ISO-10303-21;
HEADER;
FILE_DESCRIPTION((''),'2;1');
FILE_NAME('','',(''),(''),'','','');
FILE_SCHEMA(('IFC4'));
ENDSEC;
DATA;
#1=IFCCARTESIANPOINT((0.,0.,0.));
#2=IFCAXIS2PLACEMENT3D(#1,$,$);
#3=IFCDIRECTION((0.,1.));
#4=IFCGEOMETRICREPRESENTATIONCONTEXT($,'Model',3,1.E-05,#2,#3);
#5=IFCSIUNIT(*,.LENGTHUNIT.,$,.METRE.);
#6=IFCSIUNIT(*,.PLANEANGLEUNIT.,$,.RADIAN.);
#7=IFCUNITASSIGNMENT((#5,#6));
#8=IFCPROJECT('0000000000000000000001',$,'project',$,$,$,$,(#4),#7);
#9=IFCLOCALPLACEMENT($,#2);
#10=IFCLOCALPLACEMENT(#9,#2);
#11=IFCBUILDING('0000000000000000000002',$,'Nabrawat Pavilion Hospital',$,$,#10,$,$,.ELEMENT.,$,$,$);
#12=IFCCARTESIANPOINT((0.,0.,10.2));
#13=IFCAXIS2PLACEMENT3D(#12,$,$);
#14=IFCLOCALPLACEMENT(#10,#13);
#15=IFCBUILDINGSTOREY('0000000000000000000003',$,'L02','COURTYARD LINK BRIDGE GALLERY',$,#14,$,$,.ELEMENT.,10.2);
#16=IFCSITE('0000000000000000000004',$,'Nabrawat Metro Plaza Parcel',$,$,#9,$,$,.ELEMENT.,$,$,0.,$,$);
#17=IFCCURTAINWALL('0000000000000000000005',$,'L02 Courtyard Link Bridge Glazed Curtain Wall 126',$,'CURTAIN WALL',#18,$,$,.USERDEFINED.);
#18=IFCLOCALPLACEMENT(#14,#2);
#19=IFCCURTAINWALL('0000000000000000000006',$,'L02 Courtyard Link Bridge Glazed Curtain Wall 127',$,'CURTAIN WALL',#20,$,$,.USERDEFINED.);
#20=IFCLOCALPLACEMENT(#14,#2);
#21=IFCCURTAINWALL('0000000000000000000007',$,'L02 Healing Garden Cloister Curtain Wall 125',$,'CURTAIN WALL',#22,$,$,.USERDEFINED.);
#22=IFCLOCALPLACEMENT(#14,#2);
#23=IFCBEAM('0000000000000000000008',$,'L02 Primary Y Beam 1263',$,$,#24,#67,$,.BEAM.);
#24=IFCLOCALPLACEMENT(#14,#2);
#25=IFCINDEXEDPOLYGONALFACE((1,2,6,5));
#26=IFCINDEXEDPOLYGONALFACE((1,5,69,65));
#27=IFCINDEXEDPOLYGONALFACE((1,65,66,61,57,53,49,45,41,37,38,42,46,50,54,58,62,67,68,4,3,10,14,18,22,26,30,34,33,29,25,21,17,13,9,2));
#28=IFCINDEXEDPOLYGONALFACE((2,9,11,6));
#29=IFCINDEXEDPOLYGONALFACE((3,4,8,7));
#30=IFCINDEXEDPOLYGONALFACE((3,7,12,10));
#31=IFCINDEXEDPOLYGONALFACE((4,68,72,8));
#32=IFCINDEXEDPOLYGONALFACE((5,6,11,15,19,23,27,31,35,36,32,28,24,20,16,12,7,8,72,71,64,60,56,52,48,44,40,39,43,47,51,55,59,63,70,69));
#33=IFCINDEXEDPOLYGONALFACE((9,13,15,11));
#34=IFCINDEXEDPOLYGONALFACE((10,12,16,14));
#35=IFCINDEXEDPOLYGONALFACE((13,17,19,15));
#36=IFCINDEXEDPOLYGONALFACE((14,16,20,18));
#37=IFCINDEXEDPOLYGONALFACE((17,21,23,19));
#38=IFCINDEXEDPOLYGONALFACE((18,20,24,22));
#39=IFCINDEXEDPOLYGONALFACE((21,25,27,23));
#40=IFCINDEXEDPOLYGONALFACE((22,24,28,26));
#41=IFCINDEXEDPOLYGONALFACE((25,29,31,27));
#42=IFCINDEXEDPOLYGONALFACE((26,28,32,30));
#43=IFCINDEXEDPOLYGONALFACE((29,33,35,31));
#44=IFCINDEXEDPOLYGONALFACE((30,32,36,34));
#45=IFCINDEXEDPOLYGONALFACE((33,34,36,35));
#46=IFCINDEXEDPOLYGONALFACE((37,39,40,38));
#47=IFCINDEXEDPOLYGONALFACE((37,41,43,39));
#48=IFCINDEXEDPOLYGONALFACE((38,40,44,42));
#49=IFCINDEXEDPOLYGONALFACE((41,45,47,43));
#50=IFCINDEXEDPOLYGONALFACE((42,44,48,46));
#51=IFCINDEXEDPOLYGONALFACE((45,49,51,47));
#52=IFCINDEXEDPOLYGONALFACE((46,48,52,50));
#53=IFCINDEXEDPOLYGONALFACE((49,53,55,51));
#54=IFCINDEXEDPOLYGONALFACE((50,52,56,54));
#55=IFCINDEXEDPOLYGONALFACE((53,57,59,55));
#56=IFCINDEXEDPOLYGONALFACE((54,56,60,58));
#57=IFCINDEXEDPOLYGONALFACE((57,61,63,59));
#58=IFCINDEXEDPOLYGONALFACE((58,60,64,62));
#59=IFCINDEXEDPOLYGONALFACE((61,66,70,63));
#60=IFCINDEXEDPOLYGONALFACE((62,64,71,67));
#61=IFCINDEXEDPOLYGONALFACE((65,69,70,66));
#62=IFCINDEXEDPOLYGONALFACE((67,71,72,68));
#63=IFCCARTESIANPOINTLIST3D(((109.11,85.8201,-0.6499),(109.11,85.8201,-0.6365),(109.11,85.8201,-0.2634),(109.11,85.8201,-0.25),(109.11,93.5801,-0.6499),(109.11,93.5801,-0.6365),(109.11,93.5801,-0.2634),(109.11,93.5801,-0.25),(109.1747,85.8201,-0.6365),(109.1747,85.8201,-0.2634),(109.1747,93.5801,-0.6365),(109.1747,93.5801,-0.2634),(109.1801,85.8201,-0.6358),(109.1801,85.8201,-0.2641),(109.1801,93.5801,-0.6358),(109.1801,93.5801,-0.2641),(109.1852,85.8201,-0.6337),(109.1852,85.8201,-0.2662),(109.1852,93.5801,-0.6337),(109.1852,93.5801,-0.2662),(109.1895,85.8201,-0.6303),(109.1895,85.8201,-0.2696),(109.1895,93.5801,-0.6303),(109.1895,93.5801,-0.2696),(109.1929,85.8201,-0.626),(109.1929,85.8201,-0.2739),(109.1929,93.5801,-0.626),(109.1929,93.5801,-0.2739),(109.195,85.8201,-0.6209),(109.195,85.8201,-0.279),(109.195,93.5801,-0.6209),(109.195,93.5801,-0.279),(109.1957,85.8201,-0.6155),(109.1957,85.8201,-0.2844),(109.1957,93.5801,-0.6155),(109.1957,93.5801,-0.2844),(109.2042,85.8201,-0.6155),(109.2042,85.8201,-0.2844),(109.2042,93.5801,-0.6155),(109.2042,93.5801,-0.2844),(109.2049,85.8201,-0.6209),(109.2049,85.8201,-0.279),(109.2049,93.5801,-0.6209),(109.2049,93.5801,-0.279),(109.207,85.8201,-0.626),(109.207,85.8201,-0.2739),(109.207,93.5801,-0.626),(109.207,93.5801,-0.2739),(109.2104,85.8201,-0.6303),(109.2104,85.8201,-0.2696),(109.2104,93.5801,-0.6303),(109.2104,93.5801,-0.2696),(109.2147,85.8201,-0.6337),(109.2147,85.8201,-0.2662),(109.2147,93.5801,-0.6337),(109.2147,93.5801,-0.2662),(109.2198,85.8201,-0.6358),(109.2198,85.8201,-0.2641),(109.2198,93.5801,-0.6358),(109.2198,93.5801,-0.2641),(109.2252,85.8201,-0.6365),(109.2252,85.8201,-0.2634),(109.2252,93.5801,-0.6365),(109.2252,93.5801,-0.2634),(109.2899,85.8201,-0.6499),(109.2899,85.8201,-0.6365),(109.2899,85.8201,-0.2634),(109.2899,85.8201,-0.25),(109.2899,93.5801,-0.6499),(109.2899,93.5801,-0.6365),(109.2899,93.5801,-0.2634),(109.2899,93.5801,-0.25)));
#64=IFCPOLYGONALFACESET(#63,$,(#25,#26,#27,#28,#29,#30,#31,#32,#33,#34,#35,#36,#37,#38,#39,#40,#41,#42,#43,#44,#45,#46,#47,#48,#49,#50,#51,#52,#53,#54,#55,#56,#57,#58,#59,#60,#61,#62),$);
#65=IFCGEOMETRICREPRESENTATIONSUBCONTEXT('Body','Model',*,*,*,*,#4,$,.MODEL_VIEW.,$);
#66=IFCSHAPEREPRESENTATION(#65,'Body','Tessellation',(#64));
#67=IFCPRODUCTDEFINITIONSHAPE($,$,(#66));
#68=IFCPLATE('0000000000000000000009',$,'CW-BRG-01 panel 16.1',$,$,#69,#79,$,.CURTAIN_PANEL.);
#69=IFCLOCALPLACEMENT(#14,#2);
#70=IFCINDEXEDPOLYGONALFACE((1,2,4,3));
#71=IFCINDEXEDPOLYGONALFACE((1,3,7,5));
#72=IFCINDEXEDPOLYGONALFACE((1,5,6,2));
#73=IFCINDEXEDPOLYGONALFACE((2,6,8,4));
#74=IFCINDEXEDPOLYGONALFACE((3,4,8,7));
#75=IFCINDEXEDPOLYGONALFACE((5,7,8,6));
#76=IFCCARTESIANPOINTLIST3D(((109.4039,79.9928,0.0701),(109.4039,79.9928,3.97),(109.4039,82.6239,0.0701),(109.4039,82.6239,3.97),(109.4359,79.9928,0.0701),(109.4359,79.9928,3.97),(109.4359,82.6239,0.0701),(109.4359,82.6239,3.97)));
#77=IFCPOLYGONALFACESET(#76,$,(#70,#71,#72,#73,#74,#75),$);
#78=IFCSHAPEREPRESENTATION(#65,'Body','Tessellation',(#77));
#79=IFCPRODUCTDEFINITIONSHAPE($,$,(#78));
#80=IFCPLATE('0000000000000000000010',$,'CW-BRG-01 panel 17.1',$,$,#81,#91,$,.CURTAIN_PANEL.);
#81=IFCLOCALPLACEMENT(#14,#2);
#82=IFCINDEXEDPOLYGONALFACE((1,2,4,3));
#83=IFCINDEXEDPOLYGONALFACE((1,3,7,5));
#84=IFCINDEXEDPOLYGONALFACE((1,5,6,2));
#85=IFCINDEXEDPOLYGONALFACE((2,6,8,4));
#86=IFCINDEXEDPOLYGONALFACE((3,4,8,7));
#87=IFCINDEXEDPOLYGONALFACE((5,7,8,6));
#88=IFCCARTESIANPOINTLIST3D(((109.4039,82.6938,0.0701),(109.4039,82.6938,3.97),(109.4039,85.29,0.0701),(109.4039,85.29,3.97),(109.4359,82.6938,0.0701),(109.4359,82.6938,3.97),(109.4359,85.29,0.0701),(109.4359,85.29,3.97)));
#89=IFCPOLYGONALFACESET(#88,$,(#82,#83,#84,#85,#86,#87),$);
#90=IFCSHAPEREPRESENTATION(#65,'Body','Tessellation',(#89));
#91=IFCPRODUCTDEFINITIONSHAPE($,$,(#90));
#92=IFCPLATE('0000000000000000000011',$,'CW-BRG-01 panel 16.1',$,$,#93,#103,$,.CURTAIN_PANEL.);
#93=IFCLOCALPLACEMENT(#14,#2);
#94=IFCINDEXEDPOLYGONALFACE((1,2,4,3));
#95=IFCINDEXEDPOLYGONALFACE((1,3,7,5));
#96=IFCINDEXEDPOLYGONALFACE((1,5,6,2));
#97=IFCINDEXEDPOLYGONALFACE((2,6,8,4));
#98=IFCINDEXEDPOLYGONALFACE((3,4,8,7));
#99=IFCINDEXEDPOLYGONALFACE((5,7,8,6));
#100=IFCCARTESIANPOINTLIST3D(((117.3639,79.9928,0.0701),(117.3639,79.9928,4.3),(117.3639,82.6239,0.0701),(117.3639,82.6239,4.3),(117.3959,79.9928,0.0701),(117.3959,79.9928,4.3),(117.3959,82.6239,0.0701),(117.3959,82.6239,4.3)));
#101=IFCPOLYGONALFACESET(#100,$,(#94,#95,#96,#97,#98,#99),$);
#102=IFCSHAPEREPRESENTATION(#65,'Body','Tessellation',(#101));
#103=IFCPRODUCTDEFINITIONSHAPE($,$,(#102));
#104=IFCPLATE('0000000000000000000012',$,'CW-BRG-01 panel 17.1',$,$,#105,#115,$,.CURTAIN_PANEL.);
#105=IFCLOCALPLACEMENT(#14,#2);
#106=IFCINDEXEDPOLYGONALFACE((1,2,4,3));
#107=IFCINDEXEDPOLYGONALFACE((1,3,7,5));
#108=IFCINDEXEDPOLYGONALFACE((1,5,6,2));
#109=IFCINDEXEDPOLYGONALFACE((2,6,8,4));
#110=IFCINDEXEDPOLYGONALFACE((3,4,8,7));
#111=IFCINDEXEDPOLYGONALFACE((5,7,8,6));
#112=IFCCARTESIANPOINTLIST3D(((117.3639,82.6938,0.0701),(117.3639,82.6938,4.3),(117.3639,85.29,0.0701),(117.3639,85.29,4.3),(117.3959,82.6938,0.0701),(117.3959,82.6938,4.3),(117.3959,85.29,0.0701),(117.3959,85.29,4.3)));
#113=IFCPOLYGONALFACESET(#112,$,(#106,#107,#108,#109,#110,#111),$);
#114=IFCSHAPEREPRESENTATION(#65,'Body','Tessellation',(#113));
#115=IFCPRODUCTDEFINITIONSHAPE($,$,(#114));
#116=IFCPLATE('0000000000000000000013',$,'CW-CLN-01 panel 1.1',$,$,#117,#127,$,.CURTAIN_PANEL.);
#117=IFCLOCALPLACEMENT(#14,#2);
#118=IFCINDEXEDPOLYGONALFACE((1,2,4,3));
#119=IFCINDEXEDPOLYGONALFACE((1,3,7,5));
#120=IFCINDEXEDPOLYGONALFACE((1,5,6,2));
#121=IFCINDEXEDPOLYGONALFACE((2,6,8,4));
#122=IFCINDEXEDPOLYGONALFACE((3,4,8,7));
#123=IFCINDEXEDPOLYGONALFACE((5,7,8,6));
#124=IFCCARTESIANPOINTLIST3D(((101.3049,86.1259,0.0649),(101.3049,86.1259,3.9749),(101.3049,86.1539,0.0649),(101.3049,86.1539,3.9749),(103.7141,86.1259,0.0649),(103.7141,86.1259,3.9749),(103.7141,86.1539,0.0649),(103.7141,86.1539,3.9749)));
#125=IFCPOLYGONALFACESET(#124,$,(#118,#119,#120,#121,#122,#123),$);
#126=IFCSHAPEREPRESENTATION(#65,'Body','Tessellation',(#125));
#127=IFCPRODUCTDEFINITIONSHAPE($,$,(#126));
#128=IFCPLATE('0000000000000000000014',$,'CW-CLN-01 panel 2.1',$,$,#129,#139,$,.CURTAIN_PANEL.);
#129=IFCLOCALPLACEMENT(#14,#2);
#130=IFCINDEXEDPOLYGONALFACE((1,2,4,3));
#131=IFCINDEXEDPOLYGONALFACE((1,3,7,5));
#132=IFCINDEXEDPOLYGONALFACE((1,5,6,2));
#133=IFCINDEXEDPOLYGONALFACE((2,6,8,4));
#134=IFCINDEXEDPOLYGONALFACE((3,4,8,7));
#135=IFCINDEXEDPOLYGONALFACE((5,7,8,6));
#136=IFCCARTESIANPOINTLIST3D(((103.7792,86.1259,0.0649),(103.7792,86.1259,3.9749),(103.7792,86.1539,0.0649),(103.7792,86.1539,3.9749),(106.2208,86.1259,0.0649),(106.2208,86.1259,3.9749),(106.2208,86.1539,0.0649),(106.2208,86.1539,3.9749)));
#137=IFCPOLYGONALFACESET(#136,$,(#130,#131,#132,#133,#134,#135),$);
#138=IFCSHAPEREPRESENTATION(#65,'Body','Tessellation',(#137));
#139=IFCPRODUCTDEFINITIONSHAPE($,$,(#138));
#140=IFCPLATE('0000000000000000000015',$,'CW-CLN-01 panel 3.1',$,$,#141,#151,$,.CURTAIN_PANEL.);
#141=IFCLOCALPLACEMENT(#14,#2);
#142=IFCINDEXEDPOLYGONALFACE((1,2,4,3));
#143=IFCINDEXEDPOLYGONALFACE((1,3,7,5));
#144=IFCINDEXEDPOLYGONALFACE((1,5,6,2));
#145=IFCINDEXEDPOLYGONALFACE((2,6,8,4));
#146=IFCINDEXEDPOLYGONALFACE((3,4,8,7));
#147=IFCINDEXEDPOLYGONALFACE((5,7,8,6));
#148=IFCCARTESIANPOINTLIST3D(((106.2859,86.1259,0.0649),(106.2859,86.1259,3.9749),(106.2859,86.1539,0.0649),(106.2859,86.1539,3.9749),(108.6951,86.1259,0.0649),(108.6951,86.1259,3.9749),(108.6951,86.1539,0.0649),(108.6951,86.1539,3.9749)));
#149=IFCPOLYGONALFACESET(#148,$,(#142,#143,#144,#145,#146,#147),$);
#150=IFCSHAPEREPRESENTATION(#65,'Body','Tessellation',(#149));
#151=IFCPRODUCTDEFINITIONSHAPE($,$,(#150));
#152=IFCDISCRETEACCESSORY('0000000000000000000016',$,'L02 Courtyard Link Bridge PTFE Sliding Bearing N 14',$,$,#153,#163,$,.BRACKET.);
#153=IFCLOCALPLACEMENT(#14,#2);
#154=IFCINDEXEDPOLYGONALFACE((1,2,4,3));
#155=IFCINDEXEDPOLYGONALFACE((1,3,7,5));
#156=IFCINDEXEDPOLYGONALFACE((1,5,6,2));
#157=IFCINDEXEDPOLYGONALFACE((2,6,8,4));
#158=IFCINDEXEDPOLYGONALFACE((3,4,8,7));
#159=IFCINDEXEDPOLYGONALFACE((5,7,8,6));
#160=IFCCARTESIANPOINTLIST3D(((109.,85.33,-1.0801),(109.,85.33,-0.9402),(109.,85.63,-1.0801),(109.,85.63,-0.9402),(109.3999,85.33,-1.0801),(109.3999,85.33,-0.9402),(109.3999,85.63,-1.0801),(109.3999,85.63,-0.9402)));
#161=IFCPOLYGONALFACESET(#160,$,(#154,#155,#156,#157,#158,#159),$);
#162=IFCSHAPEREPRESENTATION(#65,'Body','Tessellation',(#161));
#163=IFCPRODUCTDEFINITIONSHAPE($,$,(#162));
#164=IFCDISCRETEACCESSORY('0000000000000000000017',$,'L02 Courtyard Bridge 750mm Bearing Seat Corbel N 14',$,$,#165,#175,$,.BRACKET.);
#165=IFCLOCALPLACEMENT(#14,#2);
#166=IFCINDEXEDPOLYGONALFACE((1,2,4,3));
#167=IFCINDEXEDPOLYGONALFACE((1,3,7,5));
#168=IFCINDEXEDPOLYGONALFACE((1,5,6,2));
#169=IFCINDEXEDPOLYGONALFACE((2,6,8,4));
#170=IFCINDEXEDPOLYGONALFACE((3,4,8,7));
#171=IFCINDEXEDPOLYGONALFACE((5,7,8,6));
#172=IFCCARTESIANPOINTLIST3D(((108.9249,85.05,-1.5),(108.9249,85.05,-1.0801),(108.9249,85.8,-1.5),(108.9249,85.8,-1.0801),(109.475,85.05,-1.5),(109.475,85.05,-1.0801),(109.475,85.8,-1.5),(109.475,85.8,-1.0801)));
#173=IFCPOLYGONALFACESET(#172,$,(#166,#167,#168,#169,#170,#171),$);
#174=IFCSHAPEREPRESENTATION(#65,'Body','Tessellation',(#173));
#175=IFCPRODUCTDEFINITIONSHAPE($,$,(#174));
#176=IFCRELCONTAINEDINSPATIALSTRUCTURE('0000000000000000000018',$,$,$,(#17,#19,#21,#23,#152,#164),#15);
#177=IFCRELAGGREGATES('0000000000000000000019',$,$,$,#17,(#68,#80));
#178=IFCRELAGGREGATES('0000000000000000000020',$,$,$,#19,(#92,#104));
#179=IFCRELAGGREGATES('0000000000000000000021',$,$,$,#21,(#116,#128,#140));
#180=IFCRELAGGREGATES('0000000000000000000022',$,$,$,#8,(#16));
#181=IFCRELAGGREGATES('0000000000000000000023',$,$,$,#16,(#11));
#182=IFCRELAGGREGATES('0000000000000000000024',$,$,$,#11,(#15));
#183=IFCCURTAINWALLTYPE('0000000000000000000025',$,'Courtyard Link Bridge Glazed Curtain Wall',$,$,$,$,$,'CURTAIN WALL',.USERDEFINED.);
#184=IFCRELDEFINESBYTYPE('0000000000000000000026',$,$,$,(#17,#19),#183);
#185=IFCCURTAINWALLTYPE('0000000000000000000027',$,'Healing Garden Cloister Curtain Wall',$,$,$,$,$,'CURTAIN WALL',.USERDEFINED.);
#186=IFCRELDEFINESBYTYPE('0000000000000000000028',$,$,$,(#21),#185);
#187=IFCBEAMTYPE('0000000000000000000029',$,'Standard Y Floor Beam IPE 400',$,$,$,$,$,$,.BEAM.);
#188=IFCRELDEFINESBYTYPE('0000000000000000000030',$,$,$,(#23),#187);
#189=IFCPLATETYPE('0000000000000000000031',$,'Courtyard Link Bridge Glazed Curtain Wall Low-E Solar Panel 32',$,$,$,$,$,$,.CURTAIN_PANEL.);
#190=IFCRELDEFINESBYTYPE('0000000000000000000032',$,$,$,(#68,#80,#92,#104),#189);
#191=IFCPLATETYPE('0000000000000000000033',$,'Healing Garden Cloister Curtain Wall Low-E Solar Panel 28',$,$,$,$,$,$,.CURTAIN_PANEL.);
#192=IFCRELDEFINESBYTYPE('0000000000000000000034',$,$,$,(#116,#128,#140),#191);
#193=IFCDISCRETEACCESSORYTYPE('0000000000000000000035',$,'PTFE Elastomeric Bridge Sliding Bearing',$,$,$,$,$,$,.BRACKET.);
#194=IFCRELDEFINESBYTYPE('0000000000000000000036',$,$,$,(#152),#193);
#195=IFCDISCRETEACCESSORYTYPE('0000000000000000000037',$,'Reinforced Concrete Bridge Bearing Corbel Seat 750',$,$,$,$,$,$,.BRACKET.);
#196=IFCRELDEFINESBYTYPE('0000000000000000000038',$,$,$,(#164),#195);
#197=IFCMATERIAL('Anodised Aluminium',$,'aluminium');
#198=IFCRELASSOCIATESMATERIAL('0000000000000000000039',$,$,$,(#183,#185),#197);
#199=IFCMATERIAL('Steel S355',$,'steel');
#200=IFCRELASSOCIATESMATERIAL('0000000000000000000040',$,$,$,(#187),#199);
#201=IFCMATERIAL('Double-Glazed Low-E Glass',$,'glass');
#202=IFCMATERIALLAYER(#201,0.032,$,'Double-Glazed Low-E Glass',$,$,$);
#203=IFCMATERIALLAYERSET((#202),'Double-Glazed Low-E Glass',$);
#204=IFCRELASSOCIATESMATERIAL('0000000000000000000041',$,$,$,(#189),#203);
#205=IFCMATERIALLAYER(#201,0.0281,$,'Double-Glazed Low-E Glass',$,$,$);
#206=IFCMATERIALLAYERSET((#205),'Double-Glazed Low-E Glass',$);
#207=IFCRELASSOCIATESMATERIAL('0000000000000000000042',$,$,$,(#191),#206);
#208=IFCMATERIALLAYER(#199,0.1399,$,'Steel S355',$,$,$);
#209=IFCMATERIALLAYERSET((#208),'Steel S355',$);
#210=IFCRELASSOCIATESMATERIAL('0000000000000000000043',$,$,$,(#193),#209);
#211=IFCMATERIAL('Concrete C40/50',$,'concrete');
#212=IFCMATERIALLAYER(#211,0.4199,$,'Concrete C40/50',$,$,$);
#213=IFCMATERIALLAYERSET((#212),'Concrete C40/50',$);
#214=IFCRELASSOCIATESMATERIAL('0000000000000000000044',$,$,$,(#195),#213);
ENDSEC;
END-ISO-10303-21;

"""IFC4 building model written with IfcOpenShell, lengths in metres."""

from ifc_helpers import new_model, si_unit, direction, frame, origin, origin_2d, place, context, subcontext, project, spatial, rectangle, i_section, extrude, material, layer, layer_set, material_profile, profile_set, type_object, element, aggregate, save


model = new_model("IFC4")

# Units and contexts
model_context = context("Model", 3, precision=1e-05, world=origin(), true_north=direction((0.0, 1.0)))
body_context = subcontext(model_context, "Body", "Model", "MODEL_VIEW")
ifc_project = project(units=[si_unit("LENGTHUNIT", "METRE"), si_unit("PLANEANGLEUNIT", "RADIAN")], contexts=[model_context])

# Site, building, storey
site_placement = place(None, origin())
site = spatial("IfcSite", under=ifc_project, at=site_placement, Name="Nabrawat Metro Plaza Parcel", CompositionType="ELEMENT", RefElevation=0.0)
building_placement = place(site_placement, origin())
building = spatial("IfcBuilding", under=site, at=building_placement, Name="Nabrawat Pavilion Hospital", CompositionType="ELEMENT")
storey_placement = place(building_placement, frame((0.0, 0.0, 10.2)))
storey = spatial("IfcBuildingStorey", under=building, at=storey_placement, Name="L02", Description="COURTYARD LINK BRIDGE GALLERY", CompositionType="ELEMENT", Elevation=10.2)

# Shared definitions
ifc_material_1 = material(Name="Concrete C40/50", Category="concrete")

# Shared definitions
ifc_material_2 = material(Name="Steel S355", Category="steel")

# Curtain walls
ifc_material_3 = material(Name="Anodised Aluminium", Category="aluminium")
curtain_wall_type_1 = type_object("IfcCurtainWallType", Name="Courtyard Link Bridge Glazed Curtain Wall", ElementType="CURTAIN WALL", PredefinedType="USERDEFINED", material=ifc_material_3)
curtain_wall_1_placement = place(storey_placement, origin())
curtain_wall_1 = element("IfcCurtainWall", 1, at=curtain_wall_1_placement, inside=storey, type_object=curtain_wall_type_1, Name="L02 Courtyard Link Bridge Glazed Curtain Wall 126", ObjectType="CURTAIN WALL", PredefinedType="USERDEFINED")
curtain_wall_2_placement = place(storey_placement, origin())
curtain_wall_2 = element("IfcCurtainWall", 2, at=curtain_wall_2_placement, inside=storey, type_object=curtain_wall_type_1, Name="L02 Courtyard Link Bridge Glazed Curtain Wall 127", ObjectType="CURTAIN WALL", PredefinedType="USERDEFINED")

# Curtain wall
curtain_wall_type_2 = type_object("IfcCurtainWallType", Name="Healing Garden Cloister Curtain Wall", ElementType="CURTAIN WALL", PredefinedType="USERDEFINED", material=ifc_material_3)
curtain_wall_3_placement = place(storey_placement, origin())
curtain_wall_3 = element("IfcCurtainWall", 3, at=curtain_wall_3_placement, inside=storey, type_object=curtain_wall_type_2, Name="L02 Healing Garden Cloister Curtain Wall 125", ObjectType="CURTAIN WALL", PredefinedType="USERDEFINED")

# Beam
ifc_material_profile_1 = material_profile(ifc_material_2, i_section(OverallWidth=0.1799, OverallDepth=0.3999, WebThickness=0.0085, FlangeThickness=0.0134, FilletRadius=0.021, at=origin_2d()), Name="IPE 400")
ifc_profile_set_1 = profile_set([ifc_material_profile_1], Name="Steel S355")
beam_type_1 = type_object("IfcBeamType", Name="Standard Y Floor Beam IPE 400", PredefinedType="BEAM", material=ifc_profile_set_1)
beam_1_placement = place(storey_placement, frame((109.2, 85.8201, -0.45), z_axis=(0.0, 1.0, 0.0), x_axis=(-1.0, 0.0, 0.0)))
element("IfcBeam", 4, at=beam_1_placement, inside=storey, type_object=beam_type_1, Name="L02 Primary Y Beam 1263", PredefinedType="BEAM", context=body_context, shape_type="SweptSolid", body=[
    extrude(i_section(OverallWidth=0.1799, OverallDepth=0.3999, WebThickness=0.0085, FlangeThickness=0.0134, FilletRadius=0.021, at=origin_2d()), origin(), (0.0, 0.0, 1.0), 7.76),
])

# Plates
ifc_material_4 = material(Name="Double-Glazed Low-E Glass", Category="glass")
ifc_layer_1 = layer(ifc_material_4, 0.032, Name="Double-Glazed Low-E Glass")
ifc_layer_set_1 = layer_set([ifc_layer_1], Name="Double-Glazed Low-E Glass")
plate_type_1 = type_object("IfcPlateType", Name="Courtyard Link Bridge Glazed Curtain Wall Low-E Solar Panel 32", PredefinedType="CURTAIN_PANEL", material=ifc_layer_set_1)
plate_1_placement = place(storey_placement, frame((109.4199, 81.3083, 0.0701), z_axis=(0.0, 0.0, 1.0), x_axis=(0.0, 1.0, 0.0)))
plate_1 = element("IfcPlate", 5, at=plate_1_placement, type_object=plate_type_1, Name="CW-BRG-01 panel 16.1", PredefinedType="CURTAIN_PANEL", context=body_context, shape_type="SweptSolid", body=[
    extrude(rectangle(XDim=2.6311, YDim=0.032, at=origin_2d()), origin(), (0.0, 0.0, 1.0), 3.8999),
])
plate_2_placement = place(storey_placement, frame((109.4199, 83.9919, 0.0701), z_axis=(0.0, 0.0, 1.0), x_axis=(0.0, 1.0, 0.0)))
plate_2 = element("IfcPlate", 6, at=plate_2_placement, type_object=plate_type_1, Name="CW-BRG-01 panel 17.1", PredefinedType="CURTAIN_PANEL", context=body_context, shape_type="SweptSolid", body=[
    extrude(rectangle(XDim=2.5962, YDim=0.032, at=origin_2d()), origin(), (0.0, 0.0, 1.0), 3.8999),
])
aggregate(curtain_wall_1, [plate_1, plate_2])
plate_3_placement = place(storey_placement, frame((117.3799, 81.3083, 0.0701), z_axis=(0.0, 0.0, 1.0), x_axis=(0.0, 1.0, 0.0)))
plate_3 = element("IfcPlate", 7, at=plate_3_placement, type_object=plate_type_1, Name="CW-BRG-01 panel 16.1", PredefinedType="CURTAIN_PANEL", context=body_context, shape_type="SweptSolid", body=[
    extrude(rectangle(XDim=2.6311, YDim=0.032, at=origin_2d()), origin(), (0.0, 0.0, 1.0), 4.23),
])
plate_4_placement = place(storey_placement, frame((117.3799, 83.9919, 0.0701), z_axis=(0.0, 0.0, 1.0), x_axis=(0.0, 1.0, 0.0)))
plate_4 = element("IfcPlate", 8, at=plate_4_placement, type_object=plate_type_1, Name="CW-BRG-01 panel 17.1", PredefinedType="CURTAIN_PANEL", context=body_context, shape_type="SweptSolid", body=[
    extrude(rectangle(XDim=2.5962, YDim=0.032, at=origin_2d()), origin(), (0.0, 0.0, 1.0), 4.23),
])
aggregate(curtain_wall_2, [plate_3, plate_4])
ifc_layer_2 = layer(ifc_material_4, 0.0281, Name="Double-Glazed Low-E Glass")
ifc_layer_set_2 = layer_set([ifc_layer_2], Name="Double-Glazed Low-E Glass")
plate_type_2 = type_object("IfcPlateType", Name="Healing Garden Cloister Curtain Wall Low-E Solar Panel 28", PredefinedType="CURTAIN_PANEL", material=ifc_layer_set_2)
plate_5_placement = place(storey_placement, frame((102.5095, 86.1399, 0.0649), z_axis=(0.0, 0.0, 1.0), x_axis=(1.0, 0.0, 0.0)))
plate_5 = element("IfcPlate", 9, at=plate_5_placement, type_object=plate_type_2, Name="CW-CLN-01 panel 1.1", PredefinedType="CURTAIN_PANEL", context=body_context, shape_type="SweptSolid", body=[
    extrude(rectangle(XDim=2.4092, YDim=0.0281, at=origin_2d()), origin(), (0.0, 0.0, 1.0), 3.9099),
])
plate_6_placement = place(storey_placement, frame((105.0, 86.1399, 0.0649), z_axis=(0.0, 0.0, 1.0), x_axis=(1.0, 0.0, 0.0)))
plate_6 = element("IfcPlate", 10, at=plate_6_placement, type_object=plate_type_2, Name="CW-CLN-01 panel 2.1", PredefinedType="CURTAIN_PANEL", context=body_context, shape_type="SweptSolid", body=[
    extrude(rectangle(XDim=2.4417, YDim=0.0281, at=origin_2d()), origin(), (0.0, 0.0, 1.0), 3.9099),
])
plate_7_placement = place(storey_placement, frame((107.4905, 86.1399, 0.0649), z_axis=(0.0, 0.0, 1.0), x_axis=(1.0, 0.0, 0.0)))
plate_7 = element("IfcPlate", 11, at=plate_7_placement, type_object=plate_type_2, Name="CW-CLN-01 panel 3.1", PredefinedType="CURTAIN_PANEL", context=body_context, shape_type="SweptSolid", body=[
    extrude(rectangle(XDim=2.4092, YDim=0.0281, at=origin_2d()), origin(), (0.0, 0.0, 1.0), 3.9099),
])
aggregate(curtain_wall_3, [plate_5, plate_6, plate_7])

# Discrete accessories
ifc_layer_3 = layer(ifc_material_2, 0.1399, Name="Steel S355")
ifc_layer_set_3 = layer_set([ifc_layer_3], Name="Steel S355")
discrete_accessory_type_1 = type_object("IfcDiscreteAccessoryType", Name="PTFE Elastomeric Bridge Sliding Bearing", PredefinedType="BRACKET", material=ifc_layer_set_3)
discrete_accessory_1_placement = place(storey_placement, frame((109.2, 85.48, -1.0801), z_axis=(0.0, 0.0, 1.0), x_axis=(1.0, 0.0, 0.0)))
element("IfcDiscreteAccessory", 12, at=discrete_accessory_1_placement, inside=storey, type_object=discrete_accessory_type_1, Name="L02 Courtyard Link Bridge PTFE Sliding Bearing N 14", PredefinedType="BRACKET", context=body_context, shape_type="SweptSolid", body=[
    extrude(rectangle(XDim=0.3999, YDim=0.3, at=origin_2d()), origin(), (0.0, 0.0, 1.0), 0.1399),
])
ifc_layer_4 = layer(ifc_material_1, 0.4199, Name="Concrete C40/50")
ifc_layer_set_4 = layer_set([ifc_layer_4], Name="Concrete C40/50")
discrete_accessory_type_2 = type_object("IfcDiscreteAccessoryType", Name="Reinforced Concrete Bridge Bearing Corbel Seat 750", PredefinedType="BRACKET", material=ifc_layer_set_4)
discrete_accessory_2_placement = place(storey_placement, frame((109.2, 85.425, -1.5), z_axis=(0.0, 0.0, 1.0), x_axis=(1.0, 0.0, 0.0)))
element("IfcDiscreteAccessory", 13, at=discrete_accessory_2_placement, inside=storey, type_object=discrete_accessory_type_2, Name="L02 Courtyard Bridge 750mm Bearing Seat Corbel N 14", PredefinedType="BRACKET", context=body_context, shape_type="SweptSolid", body=[
    extrude(rectangle(XDim=0.55, YDim=0.75, at=origin_2d()), origin(), (0.0, 0.0, 1.0), 0.4199),
])

save(model, "model.ifc")
